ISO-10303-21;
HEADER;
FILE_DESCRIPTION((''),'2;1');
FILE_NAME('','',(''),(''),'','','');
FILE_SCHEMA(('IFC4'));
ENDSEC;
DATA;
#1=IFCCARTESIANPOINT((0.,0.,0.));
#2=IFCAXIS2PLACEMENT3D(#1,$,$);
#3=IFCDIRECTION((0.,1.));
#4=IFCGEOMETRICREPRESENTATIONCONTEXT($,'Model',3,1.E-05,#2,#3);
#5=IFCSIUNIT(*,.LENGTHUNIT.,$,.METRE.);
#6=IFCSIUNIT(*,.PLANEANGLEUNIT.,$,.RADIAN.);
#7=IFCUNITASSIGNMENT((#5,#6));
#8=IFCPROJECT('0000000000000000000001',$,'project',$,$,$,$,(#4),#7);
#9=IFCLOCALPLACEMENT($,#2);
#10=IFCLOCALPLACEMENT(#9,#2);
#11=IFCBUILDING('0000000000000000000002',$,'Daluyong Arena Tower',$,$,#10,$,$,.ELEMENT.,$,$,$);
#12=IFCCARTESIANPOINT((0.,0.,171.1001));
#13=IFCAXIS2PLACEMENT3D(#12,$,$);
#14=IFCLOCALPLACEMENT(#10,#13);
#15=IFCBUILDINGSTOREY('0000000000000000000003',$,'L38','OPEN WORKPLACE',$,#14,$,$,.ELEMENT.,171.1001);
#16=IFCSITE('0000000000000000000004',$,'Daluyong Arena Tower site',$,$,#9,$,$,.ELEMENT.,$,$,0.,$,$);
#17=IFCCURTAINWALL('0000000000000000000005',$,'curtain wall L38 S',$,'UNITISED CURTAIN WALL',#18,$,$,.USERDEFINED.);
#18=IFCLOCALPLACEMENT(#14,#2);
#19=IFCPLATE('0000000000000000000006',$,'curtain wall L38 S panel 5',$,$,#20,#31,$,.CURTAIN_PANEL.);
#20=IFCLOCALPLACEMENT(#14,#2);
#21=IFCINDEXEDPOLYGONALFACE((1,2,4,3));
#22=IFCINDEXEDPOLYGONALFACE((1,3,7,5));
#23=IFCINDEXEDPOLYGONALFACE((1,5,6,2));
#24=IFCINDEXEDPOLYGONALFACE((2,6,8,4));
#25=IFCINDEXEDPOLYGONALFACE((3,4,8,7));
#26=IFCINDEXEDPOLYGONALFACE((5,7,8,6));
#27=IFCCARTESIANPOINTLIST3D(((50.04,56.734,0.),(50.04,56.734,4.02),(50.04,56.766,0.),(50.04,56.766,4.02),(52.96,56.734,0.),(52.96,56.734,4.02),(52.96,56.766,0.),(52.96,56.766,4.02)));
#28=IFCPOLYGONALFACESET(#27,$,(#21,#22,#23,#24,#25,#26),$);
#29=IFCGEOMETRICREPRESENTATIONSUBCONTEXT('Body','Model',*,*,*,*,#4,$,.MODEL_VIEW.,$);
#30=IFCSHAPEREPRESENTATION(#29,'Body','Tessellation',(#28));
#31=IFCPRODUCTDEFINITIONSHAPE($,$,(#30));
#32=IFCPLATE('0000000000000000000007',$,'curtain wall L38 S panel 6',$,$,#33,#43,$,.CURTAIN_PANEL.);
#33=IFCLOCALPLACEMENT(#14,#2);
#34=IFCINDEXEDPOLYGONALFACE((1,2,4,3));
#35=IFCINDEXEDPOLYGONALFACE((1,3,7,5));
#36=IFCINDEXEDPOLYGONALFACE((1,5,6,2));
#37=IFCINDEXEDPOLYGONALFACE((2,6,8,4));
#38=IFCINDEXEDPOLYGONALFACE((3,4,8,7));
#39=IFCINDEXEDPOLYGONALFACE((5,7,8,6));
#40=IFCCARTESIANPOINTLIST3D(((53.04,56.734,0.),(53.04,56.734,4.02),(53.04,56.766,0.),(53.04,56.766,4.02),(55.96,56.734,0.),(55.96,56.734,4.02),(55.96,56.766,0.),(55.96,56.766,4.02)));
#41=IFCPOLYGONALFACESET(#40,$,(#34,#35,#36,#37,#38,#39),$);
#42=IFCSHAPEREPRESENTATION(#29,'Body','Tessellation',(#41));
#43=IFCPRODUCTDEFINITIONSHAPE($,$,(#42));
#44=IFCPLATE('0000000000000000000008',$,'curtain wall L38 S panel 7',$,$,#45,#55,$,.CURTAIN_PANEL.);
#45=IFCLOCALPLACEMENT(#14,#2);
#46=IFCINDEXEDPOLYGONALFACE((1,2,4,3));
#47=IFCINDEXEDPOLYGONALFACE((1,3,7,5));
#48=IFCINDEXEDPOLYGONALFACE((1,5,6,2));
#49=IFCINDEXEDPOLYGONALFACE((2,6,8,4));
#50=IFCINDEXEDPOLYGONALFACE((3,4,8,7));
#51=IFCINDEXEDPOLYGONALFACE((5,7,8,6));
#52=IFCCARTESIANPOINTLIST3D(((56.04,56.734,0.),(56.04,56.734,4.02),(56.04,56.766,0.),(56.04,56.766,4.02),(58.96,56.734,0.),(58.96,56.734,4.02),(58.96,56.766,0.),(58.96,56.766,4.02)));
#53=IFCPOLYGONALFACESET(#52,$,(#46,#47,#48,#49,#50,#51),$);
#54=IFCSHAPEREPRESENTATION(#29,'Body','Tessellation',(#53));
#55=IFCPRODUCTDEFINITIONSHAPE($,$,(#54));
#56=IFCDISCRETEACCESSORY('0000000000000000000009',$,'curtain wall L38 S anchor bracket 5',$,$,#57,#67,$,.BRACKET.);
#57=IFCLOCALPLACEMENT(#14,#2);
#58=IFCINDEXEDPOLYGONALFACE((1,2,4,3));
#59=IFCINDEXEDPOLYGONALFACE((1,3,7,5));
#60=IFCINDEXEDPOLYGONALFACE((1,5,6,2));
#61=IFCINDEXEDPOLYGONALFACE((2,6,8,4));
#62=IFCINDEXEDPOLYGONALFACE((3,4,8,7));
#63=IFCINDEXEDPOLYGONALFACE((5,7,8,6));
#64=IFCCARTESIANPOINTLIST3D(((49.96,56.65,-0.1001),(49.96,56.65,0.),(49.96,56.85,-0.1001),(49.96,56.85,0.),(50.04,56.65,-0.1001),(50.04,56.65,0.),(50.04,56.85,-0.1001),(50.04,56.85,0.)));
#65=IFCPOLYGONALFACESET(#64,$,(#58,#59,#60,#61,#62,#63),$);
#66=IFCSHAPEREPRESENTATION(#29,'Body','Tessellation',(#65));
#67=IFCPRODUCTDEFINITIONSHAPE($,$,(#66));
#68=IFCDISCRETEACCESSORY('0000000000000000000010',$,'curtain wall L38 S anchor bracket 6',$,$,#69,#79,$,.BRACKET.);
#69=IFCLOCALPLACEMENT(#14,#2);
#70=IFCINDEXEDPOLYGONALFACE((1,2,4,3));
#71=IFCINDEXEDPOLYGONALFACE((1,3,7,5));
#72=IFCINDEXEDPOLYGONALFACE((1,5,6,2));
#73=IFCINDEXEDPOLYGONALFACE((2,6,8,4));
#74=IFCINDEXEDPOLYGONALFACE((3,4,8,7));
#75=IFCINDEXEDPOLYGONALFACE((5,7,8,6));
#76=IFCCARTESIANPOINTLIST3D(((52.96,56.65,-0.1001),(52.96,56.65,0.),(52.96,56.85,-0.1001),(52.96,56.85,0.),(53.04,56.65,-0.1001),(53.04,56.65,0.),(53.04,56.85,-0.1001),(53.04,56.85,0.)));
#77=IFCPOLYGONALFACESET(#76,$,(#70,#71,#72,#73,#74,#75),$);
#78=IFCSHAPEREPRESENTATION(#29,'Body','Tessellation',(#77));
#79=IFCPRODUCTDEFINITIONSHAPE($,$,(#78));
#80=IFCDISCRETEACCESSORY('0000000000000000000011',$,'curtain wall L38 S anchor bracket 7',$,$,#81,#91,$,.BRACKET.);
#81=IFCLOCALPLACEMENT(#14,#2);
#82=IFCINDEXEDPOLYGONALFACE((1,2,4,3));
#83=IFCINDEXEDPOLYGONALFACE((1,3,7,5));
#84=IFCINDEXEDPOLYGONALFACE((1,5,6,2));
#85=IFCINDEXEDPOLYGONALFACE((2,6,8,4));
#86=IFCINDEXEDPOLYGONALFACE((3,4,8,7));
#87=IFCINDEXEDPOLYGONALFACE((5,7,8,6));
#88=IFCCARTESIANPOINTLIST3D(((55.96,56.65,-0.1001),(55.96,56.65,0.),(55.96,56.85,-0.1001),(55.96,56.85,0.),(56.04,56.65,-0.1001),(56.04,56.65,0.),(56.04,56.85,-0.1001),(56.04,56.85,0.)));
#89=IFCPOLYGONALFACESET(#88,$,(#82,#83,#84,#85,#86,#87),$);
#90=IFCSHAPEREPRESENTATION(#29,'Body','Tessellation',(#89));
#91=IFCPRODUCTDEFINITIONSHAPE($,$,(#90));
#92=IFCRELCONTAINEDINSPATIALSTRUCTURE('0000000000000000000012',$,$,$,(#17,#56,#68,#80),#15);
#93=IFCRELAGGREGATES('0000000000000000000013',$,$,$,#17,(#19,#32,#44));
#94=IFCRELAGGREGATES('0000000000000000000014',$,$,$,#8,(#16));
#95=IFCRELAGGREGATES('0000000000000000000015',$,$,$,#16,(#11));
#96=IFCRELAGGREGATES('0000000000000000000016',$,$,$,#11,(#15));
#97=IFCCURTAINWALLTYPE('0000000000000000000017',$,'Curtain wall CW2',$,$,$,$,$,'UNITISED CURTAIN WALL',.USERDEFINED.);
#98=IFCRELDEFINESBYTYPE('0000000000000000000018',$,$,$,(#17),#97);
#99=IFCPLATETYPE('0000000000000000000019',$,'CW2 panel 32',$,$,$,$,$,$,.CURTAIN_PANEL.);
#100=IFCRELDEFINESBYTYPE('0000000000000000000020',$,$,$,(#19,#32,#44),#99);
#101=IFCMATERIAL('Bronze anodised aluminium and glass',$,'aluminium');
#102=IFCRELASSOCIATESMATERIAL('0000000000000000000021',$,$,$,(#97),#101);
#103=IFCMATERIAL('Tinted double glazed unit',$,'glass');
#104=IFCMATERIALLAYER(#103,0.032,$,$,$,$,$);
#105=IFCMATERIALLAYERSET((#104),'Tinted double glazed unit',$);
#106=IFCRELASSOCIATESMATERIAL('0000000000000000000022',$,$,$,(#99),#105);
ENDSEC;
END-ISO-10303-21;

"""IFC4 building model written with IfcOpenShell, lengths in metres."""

from ifc_helpers import new_model, si_unit, direction, frame, origin, origin_2d, place, context, subcontext, project, spatial, rectangle, extrude, material, layer, layer_set, type_object, element, aggregate, save


model = new_model("IFC4")

# Units and contexts
model_context = context("Model", 3, precision=1e-05, world=origin(), true_north=direction((0.0, 1.0)))
body_context = subcontext(model_context, "Body", "Model", "MODEL_VIEW")
ifc_project = project(units=[si_unit("LENGTHUNIT", "METRE"), si_unit("PLANEANGLEUNIT", "RADIAN")], contexts=[model_context])

# Site, building, storey
site_placement = place(None, origin())
site = spatial("IfcSite", under=ifc_project, at=site_placement, Name="Daluyong Arena Tower site", CompositionType="ELEMENT", RefElevation=0.0)
building_placement = place(site_placement, origin())
building = spatial("IfcBuilding", under=site, at=building_placement, Name="Daluyong Arena Tower", CompositionType="ELEMENT")
storey_placement = place(building_placement, frame((0.0, 0.0, 171.1001)))
storey = spatial("IfcBuildingStorey", under=building, at=storey_placement, Name="L38", Description="OPEN WORKPLACE", CompositionType="ELEMENT", Elevation=171.1001)

# Curtain wall
ifc_material_1 = material(Name="Bronze anodised aluminium and glass", Category="aluminium")
curtain_wall_type = type_object("IfcCurtainWallType", Name="Curtain wall CW2", ElementType="UNITISED CURTAIN WALL", PredefinedType="USERDEFINED", material=ifc_material_1)
curtain_wall_placement = place(storey_placement, origin())
curtain_wall = element("IfcCurtainWall", 1, at=curtain_wall_placement, inside=storey, type_object=curtain_wall_type, Name="curtain wall L38 S", ObjectType="UNITISED CURTAIN WALL", PredefinedType="USERDEFINED")

# Plates
ifc_material_2 = material(Name="Tinted double glazed unit", Category="glass")
ifc_layer = layer(ifc_material_2, 0.032)
ifc_layer_set = layer_set([ifc_layer], Name="Tinted double glazed unit")
plate_type = type_object("IfcPlateType", Name="CW2 panel 32", PredefinedType="CURTAIN_PANEL", material=ifc_layer_set)
plate_1_placement = place(storey_placement, frame((51.5, 56.75, 0.0), z_axis=(0.0, 0.0, 1.0), x_axis=(1.0, 0.0, 0.0)))
plate_1 = element("IfcPlate", 2, at=plate_1_placement, type_object=plate_type, Name="curtain wall L38 S panel 5", PredefinedType="CURTAIN_PANEL", context=body_context, shape_type="SweptSolid", body=[
    extrude(rectangle(XDim=2.9199, YDim=0.032, at=origin_2d()), origin(), (0.0, 0.0, 1.0), 4.02),
])
plate_2_placement = place(storey_placement, frame((54.5, 56.75, 0.0), z_axis=(0.0, 0.0, 1.0), x_axis=(1.0, 0.0, 0.0)))
plate_2 = element("IfcPlate", 3, at=plate_2_placement, type_object=plate_type, Name="curtain wall L38 S panel 6", PredefinedType="CURTAIN_PANEL", context=body_context, shape_type="SweptSolid", body=[
    extrude(rectangle(XDim=2.9199, YDim=0.032, at=origin_2d()), origin(), (0.0, 0.0, 1.0), 4.02),
])
plate_3_placement = place(storey_placement, frame((57.5, 56.75, 0.0), z_axis=(0.0, 0.0, 1.0), x_axis=(1.0, 0.0, 0.0)))
plate_3 = element("IfcPlate", 4, at=plate_3_placement, type_object=plate_type, Name="curtain wall L38 S panel 7", PredefinedType="CURTAIN_PANEL", context=body_context, shape_type="SweptSolid", body=[
    extrude(rectangle(XDim=2.9199, YDim=0.032, at=origin_2d()), origin(), (0.0, 0.0, 1.0), 4.02),
])
aggregate(curtain_wall, [plate_1, plate_2, plate_3])

# Discrete accessories
for number, where, z_axis, x_axis, name in (
    (5, (50.0, 56.75, -0.1001), (0.0, 0.0, 1.0), (1.0, 0.0, 0.0), "curtain wall L38 S anchor bracket 5"),
    (6, (53.0, 56.75, -0.1001), (0.0, 0.0, 1.0), (1.0, 0.0, 0.0), "curtain wall L38 S anchor bracket 6"),
    (7, (56.0, 56.75, -0.1001), (0.0, 0.0, 1.0), (1.0, 0.0, 0.0), "curtain wall L38 S anchor bracket 7"),
):
    element("IfcDiscreteAccessory", number, at=place(storey_placement, frame(where, z_axis=z_axis, x_axis=x_axis)), inside=storey, Name=name, PredefinedType="BRACKET", context=body_context, shape_type="SweptSolid", body=[
        extrude(rectangle(XDim=0.0801, YDim=0.2, at=origin_2d()), origin(), (0.0, 0.0, 1.0), 0.1001),
    ])

save(model, "model.ifc")
